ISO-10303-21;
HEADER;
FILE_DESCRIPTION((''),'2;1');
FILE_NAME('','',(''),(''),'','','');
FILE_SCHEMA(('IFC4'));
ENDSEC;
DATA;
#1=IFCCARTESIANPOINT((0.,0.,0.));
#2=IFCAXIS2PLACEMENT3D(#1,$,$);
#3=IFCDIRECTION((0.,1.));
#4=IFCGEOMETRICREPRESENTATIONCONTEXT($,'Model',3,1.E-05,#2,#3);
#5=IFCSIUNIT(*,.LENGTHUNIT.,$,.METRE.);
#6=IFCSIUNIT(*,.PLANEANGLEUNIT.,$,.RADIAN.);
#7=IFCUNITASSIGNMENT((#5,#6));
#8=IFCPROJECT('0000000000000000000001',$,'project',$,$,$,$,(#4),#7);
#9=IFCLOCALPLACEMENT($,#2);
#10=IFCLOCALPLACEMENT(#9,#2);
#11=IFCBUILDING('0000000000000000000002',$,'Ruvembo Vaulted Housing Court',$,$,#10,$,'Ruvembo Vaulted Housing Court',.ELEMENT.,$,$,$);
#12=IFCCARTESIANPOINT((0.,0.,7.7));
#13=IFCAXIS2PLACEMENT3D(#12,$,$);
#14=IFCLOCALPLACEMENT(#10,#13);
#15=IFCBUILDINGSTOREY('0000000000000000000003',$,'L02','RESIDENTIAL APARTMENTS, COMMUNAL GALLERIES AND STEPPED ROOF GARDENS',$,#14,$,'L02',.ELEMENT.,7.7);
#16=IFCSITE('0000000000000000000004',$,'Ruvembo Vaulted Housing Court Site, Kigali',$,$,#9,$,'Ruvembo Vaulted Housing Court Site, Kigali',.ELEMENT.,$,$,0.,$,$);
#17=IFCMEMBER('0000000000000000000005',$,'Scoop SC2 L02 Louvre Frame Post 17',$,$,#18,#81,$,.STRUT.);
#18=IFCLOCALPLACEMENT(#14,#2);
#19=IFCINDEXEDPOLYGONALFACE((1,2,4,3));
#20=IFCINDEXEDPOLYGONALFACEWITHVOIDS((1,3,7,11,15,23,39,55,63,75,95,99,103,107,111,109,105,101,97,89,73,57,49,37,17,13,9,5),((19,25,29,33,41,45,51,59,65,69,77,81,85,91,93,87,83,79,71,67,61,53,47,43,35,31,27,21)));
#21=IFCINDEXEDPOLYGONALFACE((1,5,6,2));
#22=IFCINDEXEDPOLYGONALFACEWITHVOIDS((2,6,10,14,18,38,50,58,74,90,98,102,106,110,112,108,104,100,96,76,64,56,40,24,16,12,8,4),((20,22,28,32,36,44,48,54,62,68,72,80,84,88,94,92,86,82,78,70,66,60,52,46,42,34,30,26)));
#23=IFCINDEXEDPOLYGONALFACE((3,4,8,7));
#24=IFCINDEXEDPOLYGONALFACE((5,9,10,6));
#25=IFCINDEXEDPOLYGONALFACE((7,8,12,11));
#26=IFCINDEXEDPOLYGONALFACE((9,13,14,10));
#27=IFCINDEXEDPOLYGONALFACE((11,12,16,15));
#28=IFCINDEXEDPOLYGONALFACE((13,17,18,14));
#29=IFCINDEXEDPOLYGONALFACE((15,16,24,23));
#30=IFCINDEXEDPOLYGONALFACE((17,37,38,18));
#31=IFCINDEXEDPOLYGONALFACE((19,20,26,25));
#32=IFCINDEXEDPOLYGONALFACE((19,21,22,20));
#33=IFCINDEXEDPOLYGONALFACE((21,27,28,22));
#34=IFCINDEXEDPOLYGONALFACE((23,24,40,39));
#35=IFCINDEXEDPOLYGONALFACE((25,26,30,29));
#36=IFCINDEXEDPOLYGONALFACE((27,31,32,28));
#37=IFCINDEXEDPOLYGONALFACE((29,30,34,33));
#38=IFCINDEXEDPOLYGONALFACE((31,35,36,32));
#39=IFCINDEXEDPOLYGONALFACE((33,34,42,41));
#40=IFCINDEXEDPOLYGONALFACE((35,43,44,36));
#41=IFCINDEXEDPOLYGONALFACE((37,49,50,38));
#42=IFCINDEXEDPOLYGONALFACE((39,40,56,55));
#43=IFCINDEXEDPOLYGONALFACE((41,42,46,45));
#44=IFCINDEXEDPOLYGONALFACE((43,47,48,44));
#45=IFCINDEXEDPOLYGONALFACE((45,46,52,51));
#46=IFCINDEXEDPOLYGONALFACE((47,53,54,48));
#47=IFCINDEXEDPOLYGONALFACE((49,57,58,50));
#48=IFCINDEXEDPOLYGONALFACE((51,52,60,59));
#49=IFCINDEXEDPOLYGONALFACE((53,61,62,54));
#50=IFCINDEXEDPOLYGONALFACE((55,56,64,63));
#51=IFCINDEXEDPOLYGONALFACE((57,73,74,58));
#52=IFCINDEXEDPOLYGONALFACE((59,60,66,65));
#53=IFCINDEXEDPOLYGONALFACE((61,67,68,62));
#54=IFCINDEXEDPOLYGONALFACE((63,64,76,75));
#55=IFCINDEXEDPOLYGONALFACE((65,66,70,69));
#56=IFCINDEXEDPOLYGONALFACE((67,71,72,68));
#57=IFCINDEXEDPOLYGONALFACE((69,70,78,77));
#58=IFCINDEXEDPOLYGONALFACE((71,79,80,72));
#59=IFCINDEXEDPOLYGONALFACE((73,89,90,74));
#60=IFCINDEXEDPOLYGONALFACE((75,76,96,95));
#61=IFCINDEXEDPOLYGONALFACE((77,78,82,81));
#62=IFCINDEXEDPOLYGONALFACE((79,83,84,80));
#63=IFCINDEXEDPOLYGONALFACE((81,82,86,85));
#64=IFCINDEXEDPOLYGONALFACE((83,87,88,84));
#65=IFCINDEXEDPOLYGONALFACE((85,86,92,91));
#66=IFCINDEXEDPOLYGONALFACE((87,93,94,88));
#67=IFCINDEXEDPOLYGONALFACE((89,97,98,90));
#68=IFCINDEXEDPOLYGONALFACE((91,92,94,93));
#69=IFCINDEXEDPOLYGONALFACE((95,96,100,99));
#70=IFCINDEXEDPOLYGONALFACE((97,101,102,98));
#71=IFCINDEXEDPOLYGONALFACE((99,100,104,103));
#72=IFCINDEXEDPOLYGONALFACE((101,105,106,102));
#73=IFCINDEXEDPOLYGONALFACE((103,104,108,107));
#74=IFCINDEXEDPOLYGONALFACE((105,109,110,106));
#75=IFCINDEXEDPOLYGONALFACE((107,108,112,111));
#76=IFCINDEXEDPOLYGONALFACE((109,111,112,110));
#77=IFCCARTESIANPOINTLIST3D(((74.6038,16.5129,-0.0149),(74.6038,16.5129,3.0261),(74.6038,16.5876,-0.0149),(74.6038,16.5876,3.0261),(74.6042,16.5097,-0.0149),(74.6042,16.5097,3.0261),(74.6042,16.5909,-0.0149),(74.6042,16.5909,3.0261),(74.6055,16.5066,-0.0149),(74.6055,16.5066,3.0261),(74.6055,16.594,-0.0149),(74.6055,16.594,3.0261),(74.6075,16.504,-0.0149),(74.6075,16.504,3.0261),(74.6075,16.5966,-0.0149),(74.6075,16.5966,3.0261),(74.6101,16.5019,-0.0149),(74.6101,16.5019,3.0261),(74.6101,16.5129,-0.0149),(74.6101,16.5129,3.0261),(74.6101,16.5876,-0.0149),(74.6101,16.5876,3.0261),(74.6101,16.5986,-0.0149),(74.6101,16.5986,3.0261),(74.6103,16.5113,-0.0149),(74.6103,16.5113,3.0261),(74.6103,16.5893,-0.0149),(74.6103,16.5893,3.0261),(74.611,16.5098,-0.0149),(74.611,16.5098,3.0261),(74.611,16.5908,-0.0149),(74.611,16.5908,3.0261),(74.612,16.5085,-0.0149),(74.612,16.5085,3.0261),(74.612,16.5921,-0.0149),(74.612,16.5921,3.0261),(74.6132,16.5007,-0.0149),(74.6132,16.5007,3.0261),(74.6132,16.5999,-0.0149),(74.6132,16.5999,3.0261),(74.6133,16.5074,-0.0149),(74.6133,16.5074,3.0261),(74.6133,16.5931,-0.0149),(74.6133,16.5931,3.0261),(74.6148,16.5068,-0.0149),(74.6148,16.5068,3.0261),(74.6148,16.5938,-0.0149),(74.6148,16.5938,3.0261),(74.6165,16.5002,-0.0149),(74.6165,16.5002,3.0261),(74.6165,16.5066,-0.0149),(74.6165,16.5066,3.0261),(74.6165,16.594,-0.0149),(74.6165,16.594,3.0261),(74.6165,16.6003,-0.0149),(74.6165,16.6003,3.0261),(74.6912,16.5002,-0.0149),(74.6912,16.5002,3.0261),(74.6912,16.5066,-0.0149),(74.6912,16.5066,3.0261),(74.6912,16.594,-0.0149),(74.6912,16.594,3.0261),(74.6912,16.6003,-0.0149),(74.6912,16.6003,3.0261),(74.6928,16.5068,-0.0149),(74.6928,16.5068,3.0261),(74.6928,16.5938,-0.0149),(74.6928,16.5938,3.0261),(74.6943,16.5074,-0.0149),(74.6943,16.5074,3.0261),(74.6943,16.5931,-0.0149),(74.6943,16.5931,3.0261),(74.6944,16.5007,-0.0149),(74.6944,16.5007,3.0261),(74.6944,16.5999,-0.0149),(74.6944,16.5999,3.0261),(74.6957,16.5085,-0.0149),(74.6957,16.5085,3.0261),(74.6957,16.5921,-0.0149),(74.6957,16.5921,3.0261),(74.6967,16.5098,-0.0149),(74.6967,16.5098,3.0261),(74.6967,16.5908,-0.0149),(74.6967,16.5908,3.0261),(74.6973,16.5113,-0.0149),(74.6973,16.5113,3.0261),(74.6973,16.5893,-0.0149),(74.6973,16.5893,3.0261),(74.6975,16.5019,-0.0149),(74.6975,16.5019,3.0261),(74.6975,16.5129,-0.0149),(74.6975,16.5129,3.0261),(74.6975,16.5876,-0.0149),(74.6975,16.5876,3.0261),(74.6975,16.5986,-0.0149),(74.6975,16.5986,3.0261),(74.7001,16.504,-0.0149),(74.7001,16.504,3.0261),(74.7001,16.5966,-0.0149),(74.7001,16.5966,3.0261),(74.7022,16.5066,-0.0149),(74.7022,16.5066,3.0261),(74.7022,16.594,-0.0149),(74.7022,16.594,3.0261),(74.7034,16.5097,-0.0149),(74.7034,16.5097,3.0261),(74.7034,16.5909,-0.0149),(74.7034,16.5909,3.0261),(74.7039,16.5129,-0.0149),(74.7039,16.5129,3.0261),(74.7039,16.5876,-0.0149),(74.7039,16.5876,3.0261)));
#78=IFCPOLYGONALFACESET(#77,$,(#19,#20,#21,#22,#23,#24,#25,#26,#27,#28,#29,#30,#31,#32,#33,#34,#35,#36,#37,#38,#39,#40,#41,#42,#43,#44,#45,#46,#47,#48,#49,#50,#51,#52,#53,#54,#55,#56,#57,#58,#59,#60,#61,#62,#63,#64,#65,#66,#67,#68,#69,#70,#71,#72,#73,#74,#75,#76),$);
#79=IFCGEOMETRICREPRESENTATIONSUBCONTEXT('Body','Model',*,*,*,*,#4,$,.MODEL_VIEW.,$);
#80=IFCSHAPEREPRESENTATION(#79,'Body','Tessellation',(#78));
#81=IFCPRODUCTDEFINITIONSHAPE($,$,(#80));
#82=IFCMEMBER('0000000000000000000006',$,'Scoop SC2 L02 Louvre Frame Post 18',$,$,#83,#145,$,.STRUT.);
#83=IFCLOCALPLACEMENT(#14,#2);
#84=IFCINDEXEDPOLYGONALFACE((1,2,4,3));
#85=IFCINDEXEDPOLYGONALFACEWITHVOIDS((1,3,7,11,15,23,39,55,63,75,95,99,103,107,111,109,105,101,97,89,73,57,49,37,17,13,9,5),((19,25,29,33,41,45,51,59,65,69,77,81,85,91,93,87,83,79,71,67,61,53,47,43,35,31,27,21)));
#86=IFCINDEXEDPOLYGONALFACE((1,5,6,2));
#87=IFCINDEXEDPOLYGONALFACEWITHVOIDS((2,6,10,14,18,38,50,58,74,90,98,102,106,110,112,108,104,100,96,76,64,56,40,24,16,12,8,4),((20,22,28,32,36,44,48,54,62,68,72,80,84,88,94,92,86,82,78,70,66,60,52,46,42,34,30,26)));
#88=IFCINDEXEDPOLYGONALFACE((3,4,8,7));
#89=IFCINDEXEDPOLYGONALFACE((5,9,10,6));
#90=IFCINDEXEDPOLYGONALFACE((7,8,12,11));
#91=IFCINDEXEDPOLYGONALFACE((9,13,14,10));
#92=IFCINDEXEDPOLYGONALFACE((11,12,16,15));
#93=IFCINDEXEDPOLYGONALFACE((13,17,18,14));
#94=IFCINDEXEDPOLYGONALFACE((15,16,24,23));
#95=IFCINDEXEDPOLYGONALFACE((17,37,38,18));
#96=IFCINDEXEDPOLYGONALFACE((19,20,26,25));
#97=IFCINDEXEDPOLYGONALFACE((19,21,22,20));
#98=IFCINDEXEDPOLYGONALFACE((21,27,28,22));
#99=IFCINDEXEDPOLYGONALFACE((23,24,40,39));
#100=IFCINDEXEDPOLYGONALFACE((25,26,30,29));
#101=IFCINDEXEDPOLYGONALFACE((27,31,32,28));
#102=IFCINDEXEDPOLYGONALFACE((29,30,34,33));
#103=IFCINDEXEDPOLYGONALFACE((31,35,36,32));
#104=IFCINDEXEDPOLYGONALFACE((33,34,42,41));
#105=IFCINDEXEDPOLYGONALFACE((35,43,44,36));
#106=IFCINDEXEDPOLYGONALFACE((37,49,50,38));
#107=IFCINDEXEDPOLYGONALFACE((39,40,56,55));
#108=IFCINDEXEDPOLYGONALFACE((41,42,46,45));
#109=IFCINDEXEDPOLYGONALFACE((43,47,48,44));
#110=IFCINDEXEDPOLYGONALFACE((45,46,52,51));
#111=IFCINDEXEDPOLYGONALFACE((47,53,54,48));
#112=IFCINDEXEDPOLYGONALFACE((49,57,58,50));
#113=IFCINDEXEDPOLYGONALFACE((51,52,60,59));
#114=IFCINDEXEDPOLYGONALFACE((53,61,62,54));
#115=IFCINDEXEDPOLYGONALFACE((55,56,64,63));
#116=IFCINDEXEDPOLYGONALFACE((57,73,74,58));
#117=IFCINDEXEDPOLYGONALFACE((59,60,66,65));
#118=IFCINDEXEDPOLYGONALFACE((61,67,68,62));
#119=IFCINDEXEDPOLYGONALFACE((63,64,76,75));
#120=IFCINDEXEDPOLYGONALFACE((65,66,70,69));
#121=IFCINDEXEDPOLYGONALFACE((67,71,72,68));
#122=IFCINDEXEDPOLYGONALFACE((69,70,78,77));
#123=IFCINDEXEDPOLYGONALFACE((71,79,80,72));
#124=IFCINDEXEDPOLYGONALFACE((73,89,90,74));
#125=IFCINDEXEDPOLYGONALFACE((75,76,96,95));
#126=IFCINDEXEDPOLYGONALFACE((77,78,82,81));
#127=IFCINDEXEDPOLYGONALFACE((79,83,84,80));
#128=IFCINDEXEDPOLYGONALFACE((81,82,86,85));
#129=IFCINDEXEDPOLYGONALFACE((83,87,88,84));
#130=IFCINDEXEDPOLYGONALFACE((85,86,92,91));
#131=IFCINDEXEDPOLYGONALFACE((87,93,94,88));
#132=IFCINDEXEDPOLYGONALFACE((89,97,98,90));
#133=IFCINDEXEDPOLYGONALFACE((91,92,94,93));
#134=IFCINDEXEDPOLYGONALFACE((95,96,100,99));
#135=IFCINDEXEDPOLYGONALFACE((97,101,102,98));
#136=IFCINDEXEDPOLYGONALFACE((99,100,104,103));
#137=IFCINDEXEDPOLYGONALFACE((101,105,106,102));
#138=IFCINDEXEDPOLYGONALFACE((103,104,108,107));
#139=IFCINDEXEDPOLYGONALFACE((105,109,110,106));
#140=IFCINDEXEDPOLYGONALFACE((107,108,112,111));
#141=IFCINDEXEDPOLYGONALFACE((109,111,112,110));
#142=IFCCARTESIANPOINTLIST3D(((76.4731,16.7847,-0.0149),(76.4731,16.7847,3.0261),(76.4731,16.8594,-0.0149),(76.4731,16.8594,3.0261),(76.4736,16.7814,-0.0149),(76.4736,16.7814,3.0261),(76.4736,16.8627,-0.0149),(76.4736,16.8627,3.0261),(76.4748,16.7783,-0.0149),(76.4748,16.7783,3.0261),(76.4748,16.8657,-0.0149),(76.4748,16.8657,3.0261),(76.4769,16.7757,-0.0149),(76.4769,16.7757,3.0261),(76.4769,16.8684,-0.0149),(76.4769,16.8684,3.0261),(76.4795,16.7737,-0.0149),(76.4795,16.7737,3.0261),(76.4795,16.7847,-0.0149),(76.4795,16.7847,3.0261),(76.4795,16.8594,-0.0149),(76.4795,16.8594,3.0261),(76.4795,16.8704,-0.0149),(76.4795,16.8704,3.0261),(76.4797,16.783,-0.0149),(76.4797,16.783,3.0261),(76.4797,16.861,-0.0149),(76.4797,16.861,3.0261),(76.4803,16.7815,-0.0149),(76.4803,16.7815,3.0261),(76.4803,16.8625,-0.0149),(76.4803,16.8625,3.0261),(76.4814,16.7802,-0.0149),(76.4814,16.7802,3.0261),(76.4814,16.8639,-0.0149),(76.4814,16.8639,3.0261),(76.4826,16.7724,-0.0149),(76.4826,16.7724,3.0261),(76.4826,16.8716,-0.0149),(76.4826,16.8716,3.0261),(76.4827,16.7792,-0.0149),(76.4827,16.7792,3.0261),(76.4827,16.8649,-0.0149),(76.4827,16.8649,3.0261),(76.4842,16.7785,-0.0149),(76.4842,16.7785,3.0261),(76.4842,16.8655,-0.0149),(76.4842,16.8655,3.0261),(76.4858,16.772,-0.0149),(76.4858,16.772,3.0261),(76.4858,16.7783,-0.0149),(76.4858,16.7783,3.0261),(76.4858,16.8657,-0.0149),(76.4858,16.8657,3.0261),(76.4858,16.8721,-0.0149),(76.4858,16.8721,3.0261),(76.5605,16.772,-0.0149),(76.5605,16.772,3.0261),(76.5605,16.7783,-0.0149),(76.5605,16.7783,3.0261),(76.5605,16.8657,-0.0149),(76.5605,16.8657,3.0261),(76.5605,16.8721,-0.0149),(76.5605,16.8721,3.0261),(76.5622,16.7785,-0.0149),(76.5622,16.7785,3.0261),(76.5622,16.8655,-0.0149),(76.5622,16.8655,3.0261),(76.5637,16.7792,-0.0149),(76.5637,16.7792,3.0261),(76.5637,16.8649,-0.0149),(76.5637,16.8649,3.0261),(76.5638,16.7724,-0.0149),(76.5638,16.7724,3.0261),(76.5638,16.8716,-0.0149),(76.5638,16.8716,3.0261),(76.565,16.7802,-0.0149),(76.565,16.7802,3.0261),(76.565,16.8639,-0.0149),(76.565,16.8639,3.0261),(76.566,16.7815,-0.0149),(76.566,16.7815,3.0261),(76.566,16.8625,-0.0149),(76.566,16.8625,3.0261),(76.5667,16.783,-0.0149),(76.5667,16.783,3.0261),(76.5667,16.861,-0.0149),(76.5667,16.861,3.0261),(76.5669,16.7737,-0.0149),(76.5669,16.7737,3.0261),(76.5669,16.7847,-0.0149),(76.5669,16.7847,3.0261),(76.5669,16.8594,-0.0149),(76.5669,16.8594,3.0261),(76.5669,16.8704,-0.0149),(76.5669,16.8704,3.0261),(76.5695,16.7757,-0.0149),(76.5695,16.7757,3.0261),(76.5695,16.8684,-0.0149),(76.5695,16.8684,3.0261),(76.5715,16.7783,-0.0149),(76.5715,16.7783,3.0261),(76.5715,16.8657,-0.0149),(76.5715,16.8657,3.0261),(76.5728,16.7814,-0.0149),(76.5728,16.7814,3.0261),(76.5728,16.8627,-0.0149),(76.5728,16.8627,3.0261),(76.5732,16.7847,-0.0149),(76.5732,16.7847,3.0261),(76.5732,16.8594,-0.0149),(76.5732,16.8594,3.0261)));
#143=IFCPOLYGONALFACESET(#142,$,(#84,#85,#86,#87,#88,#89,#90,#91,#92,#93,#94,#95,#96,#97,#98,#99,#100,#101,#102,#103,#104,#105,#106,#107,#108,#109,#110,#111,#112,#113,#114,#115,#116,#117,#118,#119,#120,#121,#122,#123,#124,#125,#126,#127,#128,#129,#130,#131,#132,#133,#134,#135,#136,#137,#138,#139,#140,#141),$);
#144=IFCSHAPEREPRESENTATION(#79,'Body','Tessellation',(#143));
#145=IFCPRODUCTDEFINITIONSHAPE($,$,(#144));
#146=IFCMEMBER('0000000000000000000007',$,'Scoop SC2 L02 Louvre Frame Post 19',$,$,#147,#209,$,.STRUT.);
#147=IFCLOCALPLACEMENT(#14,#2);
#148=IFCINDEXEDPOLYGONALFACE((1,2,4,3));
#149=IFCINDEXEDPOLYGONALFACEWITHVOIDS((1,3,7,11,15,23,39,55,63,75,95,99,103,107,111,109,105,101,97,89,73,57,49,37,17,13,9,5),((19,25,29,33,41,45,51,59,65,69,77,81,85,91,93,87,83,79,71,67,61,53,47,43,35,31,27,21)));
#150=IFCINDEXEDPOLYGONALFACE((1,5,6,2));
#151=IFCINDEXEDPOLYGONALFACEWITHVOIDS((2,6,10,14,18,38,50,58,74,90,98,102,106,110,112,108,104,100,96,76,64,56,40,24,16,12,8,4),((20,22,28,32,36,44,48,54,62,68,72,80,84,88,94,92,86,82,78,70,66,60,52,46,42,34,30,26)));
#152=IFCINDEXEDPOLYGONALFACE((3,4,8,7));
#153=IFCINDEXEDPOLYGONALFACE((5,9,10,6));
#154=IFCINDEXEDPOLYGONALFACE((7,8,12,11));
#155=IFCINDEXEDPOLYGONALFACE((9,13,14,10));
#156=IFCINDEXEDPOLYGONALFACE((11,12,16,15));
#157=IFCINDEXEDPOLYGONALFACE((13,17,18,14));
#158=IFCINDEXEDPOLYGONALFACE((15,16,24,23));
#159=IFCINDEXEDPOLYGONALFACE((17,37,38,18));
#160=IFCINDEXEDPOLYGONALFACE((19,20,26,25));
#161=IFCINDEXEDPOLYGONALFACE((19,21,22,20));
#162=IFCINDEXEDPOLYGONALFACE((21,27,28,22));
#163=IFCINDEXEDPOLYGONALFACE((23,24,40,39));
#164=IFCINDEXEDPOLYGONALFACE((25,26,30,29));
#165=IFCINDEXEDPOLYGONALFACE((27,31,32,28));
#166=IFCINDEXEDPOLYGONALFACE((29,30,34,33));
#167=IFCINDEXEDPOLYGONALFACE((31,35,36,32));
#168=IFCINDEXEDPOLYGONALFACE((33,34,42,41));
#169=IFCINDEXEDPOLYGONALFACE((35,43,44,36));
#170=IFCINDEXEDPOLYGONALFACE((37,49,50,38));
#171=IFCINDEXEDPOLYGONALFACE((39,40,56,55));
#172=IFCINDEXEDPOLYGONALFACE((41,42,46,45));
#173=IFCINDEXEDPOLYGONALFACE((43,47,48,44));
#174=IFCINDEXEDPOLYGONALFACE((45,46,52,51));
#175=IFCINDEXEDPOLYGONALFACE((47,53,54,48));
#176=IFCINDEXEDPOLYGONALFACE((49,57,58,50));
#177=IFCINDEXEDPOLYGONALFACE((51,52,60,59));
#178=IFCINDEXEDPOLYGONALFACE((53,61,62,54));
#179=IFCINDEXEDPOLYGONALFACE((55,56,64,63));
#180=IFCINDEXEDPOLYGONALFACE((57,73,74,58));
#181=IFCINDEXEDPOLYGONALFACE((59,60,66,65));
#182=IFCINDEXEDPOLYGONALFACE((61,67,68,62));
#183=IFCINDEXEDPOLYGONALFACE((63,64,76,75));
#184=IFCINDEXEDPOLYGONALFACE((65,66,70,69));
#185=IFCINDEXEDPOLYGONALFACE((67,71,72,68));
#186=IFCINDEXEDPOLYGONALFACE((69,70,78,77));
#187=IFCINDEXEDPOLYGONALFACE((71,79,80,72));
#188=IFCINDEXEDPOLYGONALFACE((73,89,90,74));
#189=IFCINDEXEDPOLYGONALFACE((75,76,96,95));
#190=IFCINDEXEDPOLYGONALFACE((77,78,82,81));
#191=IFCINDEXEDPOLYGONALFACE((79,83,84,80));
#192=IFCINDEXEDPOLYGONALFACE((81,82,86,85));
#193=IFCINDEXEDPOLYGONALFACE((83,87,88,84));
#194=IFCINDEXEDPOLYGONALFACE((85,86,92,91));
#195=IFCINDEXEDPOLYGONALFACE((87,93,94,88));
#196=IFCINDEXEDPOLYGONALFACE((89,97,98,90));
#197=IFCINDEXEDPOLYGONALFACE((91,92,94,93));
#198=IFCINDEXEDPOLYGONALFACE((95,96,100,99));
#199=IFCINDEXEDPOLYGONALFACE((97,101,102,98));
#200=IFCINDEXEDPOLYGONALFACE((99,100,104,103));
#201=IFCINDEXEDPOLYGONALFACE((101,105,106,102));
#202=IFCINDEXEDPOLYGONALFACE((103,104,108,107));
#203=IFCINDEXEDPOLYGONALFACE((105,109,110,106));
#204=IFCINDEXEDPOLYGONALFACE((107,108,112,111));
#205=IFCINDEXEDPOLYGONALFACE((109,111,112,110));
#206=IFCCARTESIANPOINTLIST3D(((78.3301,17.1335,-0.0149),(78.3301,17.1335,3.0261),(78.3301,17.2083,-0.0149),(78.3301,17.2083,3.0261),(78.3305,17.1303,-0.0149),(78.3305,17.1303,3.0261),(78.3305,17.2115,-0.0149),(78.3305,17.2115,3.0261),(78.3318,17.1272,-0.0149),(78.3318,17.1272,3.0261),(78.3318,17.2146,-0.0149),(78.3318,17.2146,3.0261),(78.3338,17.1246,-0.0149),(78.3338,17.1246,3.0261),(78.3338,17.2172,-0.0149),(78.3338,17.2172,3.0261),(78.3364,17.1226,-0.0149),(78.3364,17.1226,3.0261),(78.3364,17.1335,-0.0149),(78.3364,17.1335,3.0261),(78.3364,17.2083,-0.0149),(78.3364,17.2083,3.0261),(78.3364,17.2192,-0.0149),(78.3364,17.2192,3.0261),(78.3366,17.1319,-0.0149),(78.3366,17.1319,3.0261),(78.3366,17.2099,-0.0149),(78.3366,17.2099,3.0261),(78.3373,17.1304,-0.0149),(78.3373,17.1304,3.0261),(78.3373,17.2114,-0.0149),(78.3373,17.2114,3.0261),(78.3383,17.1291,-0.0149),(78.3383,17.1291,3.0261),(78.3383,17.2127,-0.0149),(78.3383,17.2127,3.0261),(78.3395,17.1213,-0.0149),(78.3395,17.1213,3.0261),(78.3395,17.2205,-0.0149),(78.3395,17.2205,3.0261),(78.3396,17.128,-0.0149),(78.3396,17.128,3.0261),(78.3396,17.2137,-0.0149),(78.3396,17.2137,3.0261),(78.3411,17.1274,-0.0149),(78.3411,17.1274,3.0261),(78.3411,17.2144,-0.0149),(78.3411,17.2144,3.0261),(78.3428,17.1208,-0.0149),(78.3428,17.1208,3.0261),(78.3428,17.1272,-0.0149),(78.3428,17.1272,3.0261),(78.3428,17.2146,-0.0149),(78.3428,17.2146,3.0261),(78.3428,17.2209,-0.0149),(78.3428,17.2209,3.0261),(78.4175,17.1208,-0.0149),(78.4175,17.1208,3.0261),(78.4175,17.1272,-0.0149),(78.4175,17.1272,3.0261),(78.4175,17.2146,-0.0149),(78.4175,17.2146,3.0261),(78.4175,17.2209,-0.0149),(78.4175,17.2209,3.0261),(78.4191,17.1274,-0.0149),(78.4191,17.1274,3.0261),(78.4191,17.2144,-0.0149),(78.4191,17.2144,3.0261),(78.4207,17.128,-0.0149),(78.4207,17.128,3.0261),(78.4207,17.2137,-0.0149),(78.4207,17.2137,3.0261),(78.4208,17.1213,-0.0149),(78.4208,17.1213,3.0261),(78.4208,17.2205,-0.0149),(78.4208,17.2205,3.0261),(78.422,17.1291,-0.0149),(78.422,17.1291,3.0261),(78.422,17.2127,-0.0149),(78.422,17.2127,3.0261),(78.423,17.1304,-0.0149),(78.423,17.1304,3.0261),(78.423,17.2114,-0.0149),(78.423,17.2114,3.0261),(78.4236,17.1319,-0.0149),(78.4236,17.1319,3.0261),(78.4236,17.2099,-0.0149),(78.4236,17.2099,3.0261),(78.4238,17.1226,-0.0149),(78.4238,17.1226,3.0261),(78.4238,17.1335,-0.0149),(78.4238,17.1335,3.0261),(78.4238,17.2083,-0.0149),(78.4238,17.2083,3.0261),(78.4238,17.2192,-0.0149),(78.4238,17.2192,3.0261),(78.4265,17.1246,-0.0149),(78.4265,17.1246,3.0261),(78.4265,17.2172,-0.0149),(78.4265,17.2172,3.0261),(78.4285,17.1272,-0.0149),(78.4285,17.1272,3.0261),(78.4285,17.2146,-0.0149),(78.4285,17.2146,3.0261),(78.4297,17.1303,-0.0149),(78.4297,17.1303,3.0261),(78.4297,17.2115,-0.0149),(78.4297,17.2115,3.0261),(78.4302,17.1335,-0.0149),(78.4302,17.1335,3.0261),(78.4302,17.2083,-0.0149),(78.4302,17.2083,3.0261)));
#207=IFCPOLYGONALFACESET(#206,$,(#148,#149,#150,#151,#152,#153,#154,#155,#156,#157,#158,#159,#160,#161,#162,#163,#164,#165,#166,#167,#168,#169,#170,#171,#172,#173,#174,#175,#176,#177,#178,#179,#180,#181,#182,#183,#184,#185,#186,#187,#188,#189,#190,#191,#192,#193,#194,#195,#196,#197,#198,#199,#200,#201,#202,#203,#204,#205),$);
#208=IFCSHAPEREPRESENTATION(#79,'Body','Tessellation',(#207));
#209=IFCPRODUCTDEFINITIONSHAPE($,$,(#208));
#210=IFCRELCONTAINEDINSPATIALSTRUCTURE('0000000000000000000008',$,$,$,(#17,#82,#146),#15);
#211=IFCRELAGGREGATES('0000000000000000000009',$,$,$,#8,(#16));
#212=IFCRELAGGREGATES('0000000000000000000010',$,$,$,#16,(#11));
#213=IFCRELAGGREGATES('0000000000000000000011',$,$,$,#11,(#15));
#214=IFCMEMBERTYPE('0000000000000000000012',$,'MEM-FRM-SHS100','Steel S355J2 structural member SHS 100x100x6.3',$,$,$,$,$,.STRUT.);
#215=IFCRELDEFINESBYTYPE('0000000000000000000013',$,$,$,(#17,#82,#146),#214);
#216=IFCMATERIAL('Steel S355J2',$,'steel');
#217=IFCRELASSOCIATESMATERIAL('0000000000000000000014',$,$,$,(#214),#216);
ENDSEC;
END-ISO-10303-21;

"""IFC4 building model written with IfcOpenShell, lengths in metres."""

from ifc_helpers import new_model, si_unit, direction, frame, origin, origin_2d, place, context, subcontext, project, spatial, hollow_rectangle, extrude, material, material_profile, profile_set, type_object, element, save


model = new_model("IFC4")

# Units and contexts
model_context = context("Model", 3, precision=1e-05, world=origin(), true_north=direction((0.0, 1.0)))
body_context = subcontext(model_context, "Body", "Model", "MODEL_VIEW")
ifc_project = project(units=[si_unit("LENGTHUNIT", "METRE"), si_unit("PLANEANGLEUNIT", "RADIAN")], contexts=[model_context])

# Site, building, storey
site_placement = place(None, origin())
site = spatial("IfcSite", under=ifc_project, at=site_placement, Name="Ruvembo Vaulted Housing Court Site, Kigali", LongName="Ruvembo Vaulted Housing Court Site, Kigali", CompositionType="ELEMENT", RefElevation=0.0)
building_placement = place(site_placement, origin())
building = spatial("IfcBuilding", under=site, at=building_placement, Name="Ruvembo Vaulted Housing Court", LongName="Ruvembo Vaulted Housing Court", CompositionType="ELEMENT")
storey_placement = place(building_placement, frame((0.0, 0.0, 7.7)))
storey = spatial("IfcBuildingStorey", under=building, at=storey_placement, Name="L02", Description="RESIDENTIAL APARTMENTS, COMMUNAL GALLERIES AND STEPPED ROOF GARDENS", LongName="L02", CompositionType="ELEMENT", Elevation=7.7)

# Shared definitions
ifc_material_1 = material(Name="Steel S355J2", Category="steel")

# Members
ifc_material_profile_1 = material_profile(ifc_material_1, hollow_rectangle(XDim=0.1001, YDim=0.1001, WallThickness=0.0063, InnerFilletRadius=0.0063, OuterFilletRadius=0.0127, at=origin_2d()), Name="SHS 100x100x6.3")
ifc_profile_set_1 = profile_set([ifc_material_profile_1], Name="Steel S355J2")
member_type_1 = type_object("IfcMemberType", Name="MEM-FRM-SHS100", Description="Steel S355J2 structural member SHS 100x100x6.3", PredefinedType="STRUT", material=ifc_profile_set_1)
for number, where, z_axis, x_axis, name in (
    (1, (74.6538, 16.5503, -0.0149), (0.0, 0.0, 1.0), (1.0, 0.0, 0.0), "Scoop SC2 L02 Louvre Frame Post 17"),
    (2, (76.5232, 16.822, -0.0149), (0.0, 0.0, 1.0), (1.0, 0.0, 0.0), "Scoop SC2 L02 Louvre Frame Post 18"),
    (3, (78.3801, 17.1709, -0.0149), (0.0, 0.0, 1.0), (1.0, 0.0, 0.0), "Scoop SC2 L02 Louvre Frame Post 19"),
):
    element("IfcMember", number, at=place(storey_placement, frame(where, z_axis=z_axis, x_axis=x_axis)), inside=storey, type_object=member_type_1, Name=name, PredefinedType="STRUT", context=body_context, shape_type="SweptSolid", body=[
        extrude(hollow_rectangle(XDim=0.1001, YDim=0.1001, WallThickness=0.0063, InnerFilletRadius=0.0063, OuterFilletRadius=0.0127, at=origin_2d()), origin(), (0.0, 0.0, 1.0), 3.041),
    ])

save(model, "model.ifc")
